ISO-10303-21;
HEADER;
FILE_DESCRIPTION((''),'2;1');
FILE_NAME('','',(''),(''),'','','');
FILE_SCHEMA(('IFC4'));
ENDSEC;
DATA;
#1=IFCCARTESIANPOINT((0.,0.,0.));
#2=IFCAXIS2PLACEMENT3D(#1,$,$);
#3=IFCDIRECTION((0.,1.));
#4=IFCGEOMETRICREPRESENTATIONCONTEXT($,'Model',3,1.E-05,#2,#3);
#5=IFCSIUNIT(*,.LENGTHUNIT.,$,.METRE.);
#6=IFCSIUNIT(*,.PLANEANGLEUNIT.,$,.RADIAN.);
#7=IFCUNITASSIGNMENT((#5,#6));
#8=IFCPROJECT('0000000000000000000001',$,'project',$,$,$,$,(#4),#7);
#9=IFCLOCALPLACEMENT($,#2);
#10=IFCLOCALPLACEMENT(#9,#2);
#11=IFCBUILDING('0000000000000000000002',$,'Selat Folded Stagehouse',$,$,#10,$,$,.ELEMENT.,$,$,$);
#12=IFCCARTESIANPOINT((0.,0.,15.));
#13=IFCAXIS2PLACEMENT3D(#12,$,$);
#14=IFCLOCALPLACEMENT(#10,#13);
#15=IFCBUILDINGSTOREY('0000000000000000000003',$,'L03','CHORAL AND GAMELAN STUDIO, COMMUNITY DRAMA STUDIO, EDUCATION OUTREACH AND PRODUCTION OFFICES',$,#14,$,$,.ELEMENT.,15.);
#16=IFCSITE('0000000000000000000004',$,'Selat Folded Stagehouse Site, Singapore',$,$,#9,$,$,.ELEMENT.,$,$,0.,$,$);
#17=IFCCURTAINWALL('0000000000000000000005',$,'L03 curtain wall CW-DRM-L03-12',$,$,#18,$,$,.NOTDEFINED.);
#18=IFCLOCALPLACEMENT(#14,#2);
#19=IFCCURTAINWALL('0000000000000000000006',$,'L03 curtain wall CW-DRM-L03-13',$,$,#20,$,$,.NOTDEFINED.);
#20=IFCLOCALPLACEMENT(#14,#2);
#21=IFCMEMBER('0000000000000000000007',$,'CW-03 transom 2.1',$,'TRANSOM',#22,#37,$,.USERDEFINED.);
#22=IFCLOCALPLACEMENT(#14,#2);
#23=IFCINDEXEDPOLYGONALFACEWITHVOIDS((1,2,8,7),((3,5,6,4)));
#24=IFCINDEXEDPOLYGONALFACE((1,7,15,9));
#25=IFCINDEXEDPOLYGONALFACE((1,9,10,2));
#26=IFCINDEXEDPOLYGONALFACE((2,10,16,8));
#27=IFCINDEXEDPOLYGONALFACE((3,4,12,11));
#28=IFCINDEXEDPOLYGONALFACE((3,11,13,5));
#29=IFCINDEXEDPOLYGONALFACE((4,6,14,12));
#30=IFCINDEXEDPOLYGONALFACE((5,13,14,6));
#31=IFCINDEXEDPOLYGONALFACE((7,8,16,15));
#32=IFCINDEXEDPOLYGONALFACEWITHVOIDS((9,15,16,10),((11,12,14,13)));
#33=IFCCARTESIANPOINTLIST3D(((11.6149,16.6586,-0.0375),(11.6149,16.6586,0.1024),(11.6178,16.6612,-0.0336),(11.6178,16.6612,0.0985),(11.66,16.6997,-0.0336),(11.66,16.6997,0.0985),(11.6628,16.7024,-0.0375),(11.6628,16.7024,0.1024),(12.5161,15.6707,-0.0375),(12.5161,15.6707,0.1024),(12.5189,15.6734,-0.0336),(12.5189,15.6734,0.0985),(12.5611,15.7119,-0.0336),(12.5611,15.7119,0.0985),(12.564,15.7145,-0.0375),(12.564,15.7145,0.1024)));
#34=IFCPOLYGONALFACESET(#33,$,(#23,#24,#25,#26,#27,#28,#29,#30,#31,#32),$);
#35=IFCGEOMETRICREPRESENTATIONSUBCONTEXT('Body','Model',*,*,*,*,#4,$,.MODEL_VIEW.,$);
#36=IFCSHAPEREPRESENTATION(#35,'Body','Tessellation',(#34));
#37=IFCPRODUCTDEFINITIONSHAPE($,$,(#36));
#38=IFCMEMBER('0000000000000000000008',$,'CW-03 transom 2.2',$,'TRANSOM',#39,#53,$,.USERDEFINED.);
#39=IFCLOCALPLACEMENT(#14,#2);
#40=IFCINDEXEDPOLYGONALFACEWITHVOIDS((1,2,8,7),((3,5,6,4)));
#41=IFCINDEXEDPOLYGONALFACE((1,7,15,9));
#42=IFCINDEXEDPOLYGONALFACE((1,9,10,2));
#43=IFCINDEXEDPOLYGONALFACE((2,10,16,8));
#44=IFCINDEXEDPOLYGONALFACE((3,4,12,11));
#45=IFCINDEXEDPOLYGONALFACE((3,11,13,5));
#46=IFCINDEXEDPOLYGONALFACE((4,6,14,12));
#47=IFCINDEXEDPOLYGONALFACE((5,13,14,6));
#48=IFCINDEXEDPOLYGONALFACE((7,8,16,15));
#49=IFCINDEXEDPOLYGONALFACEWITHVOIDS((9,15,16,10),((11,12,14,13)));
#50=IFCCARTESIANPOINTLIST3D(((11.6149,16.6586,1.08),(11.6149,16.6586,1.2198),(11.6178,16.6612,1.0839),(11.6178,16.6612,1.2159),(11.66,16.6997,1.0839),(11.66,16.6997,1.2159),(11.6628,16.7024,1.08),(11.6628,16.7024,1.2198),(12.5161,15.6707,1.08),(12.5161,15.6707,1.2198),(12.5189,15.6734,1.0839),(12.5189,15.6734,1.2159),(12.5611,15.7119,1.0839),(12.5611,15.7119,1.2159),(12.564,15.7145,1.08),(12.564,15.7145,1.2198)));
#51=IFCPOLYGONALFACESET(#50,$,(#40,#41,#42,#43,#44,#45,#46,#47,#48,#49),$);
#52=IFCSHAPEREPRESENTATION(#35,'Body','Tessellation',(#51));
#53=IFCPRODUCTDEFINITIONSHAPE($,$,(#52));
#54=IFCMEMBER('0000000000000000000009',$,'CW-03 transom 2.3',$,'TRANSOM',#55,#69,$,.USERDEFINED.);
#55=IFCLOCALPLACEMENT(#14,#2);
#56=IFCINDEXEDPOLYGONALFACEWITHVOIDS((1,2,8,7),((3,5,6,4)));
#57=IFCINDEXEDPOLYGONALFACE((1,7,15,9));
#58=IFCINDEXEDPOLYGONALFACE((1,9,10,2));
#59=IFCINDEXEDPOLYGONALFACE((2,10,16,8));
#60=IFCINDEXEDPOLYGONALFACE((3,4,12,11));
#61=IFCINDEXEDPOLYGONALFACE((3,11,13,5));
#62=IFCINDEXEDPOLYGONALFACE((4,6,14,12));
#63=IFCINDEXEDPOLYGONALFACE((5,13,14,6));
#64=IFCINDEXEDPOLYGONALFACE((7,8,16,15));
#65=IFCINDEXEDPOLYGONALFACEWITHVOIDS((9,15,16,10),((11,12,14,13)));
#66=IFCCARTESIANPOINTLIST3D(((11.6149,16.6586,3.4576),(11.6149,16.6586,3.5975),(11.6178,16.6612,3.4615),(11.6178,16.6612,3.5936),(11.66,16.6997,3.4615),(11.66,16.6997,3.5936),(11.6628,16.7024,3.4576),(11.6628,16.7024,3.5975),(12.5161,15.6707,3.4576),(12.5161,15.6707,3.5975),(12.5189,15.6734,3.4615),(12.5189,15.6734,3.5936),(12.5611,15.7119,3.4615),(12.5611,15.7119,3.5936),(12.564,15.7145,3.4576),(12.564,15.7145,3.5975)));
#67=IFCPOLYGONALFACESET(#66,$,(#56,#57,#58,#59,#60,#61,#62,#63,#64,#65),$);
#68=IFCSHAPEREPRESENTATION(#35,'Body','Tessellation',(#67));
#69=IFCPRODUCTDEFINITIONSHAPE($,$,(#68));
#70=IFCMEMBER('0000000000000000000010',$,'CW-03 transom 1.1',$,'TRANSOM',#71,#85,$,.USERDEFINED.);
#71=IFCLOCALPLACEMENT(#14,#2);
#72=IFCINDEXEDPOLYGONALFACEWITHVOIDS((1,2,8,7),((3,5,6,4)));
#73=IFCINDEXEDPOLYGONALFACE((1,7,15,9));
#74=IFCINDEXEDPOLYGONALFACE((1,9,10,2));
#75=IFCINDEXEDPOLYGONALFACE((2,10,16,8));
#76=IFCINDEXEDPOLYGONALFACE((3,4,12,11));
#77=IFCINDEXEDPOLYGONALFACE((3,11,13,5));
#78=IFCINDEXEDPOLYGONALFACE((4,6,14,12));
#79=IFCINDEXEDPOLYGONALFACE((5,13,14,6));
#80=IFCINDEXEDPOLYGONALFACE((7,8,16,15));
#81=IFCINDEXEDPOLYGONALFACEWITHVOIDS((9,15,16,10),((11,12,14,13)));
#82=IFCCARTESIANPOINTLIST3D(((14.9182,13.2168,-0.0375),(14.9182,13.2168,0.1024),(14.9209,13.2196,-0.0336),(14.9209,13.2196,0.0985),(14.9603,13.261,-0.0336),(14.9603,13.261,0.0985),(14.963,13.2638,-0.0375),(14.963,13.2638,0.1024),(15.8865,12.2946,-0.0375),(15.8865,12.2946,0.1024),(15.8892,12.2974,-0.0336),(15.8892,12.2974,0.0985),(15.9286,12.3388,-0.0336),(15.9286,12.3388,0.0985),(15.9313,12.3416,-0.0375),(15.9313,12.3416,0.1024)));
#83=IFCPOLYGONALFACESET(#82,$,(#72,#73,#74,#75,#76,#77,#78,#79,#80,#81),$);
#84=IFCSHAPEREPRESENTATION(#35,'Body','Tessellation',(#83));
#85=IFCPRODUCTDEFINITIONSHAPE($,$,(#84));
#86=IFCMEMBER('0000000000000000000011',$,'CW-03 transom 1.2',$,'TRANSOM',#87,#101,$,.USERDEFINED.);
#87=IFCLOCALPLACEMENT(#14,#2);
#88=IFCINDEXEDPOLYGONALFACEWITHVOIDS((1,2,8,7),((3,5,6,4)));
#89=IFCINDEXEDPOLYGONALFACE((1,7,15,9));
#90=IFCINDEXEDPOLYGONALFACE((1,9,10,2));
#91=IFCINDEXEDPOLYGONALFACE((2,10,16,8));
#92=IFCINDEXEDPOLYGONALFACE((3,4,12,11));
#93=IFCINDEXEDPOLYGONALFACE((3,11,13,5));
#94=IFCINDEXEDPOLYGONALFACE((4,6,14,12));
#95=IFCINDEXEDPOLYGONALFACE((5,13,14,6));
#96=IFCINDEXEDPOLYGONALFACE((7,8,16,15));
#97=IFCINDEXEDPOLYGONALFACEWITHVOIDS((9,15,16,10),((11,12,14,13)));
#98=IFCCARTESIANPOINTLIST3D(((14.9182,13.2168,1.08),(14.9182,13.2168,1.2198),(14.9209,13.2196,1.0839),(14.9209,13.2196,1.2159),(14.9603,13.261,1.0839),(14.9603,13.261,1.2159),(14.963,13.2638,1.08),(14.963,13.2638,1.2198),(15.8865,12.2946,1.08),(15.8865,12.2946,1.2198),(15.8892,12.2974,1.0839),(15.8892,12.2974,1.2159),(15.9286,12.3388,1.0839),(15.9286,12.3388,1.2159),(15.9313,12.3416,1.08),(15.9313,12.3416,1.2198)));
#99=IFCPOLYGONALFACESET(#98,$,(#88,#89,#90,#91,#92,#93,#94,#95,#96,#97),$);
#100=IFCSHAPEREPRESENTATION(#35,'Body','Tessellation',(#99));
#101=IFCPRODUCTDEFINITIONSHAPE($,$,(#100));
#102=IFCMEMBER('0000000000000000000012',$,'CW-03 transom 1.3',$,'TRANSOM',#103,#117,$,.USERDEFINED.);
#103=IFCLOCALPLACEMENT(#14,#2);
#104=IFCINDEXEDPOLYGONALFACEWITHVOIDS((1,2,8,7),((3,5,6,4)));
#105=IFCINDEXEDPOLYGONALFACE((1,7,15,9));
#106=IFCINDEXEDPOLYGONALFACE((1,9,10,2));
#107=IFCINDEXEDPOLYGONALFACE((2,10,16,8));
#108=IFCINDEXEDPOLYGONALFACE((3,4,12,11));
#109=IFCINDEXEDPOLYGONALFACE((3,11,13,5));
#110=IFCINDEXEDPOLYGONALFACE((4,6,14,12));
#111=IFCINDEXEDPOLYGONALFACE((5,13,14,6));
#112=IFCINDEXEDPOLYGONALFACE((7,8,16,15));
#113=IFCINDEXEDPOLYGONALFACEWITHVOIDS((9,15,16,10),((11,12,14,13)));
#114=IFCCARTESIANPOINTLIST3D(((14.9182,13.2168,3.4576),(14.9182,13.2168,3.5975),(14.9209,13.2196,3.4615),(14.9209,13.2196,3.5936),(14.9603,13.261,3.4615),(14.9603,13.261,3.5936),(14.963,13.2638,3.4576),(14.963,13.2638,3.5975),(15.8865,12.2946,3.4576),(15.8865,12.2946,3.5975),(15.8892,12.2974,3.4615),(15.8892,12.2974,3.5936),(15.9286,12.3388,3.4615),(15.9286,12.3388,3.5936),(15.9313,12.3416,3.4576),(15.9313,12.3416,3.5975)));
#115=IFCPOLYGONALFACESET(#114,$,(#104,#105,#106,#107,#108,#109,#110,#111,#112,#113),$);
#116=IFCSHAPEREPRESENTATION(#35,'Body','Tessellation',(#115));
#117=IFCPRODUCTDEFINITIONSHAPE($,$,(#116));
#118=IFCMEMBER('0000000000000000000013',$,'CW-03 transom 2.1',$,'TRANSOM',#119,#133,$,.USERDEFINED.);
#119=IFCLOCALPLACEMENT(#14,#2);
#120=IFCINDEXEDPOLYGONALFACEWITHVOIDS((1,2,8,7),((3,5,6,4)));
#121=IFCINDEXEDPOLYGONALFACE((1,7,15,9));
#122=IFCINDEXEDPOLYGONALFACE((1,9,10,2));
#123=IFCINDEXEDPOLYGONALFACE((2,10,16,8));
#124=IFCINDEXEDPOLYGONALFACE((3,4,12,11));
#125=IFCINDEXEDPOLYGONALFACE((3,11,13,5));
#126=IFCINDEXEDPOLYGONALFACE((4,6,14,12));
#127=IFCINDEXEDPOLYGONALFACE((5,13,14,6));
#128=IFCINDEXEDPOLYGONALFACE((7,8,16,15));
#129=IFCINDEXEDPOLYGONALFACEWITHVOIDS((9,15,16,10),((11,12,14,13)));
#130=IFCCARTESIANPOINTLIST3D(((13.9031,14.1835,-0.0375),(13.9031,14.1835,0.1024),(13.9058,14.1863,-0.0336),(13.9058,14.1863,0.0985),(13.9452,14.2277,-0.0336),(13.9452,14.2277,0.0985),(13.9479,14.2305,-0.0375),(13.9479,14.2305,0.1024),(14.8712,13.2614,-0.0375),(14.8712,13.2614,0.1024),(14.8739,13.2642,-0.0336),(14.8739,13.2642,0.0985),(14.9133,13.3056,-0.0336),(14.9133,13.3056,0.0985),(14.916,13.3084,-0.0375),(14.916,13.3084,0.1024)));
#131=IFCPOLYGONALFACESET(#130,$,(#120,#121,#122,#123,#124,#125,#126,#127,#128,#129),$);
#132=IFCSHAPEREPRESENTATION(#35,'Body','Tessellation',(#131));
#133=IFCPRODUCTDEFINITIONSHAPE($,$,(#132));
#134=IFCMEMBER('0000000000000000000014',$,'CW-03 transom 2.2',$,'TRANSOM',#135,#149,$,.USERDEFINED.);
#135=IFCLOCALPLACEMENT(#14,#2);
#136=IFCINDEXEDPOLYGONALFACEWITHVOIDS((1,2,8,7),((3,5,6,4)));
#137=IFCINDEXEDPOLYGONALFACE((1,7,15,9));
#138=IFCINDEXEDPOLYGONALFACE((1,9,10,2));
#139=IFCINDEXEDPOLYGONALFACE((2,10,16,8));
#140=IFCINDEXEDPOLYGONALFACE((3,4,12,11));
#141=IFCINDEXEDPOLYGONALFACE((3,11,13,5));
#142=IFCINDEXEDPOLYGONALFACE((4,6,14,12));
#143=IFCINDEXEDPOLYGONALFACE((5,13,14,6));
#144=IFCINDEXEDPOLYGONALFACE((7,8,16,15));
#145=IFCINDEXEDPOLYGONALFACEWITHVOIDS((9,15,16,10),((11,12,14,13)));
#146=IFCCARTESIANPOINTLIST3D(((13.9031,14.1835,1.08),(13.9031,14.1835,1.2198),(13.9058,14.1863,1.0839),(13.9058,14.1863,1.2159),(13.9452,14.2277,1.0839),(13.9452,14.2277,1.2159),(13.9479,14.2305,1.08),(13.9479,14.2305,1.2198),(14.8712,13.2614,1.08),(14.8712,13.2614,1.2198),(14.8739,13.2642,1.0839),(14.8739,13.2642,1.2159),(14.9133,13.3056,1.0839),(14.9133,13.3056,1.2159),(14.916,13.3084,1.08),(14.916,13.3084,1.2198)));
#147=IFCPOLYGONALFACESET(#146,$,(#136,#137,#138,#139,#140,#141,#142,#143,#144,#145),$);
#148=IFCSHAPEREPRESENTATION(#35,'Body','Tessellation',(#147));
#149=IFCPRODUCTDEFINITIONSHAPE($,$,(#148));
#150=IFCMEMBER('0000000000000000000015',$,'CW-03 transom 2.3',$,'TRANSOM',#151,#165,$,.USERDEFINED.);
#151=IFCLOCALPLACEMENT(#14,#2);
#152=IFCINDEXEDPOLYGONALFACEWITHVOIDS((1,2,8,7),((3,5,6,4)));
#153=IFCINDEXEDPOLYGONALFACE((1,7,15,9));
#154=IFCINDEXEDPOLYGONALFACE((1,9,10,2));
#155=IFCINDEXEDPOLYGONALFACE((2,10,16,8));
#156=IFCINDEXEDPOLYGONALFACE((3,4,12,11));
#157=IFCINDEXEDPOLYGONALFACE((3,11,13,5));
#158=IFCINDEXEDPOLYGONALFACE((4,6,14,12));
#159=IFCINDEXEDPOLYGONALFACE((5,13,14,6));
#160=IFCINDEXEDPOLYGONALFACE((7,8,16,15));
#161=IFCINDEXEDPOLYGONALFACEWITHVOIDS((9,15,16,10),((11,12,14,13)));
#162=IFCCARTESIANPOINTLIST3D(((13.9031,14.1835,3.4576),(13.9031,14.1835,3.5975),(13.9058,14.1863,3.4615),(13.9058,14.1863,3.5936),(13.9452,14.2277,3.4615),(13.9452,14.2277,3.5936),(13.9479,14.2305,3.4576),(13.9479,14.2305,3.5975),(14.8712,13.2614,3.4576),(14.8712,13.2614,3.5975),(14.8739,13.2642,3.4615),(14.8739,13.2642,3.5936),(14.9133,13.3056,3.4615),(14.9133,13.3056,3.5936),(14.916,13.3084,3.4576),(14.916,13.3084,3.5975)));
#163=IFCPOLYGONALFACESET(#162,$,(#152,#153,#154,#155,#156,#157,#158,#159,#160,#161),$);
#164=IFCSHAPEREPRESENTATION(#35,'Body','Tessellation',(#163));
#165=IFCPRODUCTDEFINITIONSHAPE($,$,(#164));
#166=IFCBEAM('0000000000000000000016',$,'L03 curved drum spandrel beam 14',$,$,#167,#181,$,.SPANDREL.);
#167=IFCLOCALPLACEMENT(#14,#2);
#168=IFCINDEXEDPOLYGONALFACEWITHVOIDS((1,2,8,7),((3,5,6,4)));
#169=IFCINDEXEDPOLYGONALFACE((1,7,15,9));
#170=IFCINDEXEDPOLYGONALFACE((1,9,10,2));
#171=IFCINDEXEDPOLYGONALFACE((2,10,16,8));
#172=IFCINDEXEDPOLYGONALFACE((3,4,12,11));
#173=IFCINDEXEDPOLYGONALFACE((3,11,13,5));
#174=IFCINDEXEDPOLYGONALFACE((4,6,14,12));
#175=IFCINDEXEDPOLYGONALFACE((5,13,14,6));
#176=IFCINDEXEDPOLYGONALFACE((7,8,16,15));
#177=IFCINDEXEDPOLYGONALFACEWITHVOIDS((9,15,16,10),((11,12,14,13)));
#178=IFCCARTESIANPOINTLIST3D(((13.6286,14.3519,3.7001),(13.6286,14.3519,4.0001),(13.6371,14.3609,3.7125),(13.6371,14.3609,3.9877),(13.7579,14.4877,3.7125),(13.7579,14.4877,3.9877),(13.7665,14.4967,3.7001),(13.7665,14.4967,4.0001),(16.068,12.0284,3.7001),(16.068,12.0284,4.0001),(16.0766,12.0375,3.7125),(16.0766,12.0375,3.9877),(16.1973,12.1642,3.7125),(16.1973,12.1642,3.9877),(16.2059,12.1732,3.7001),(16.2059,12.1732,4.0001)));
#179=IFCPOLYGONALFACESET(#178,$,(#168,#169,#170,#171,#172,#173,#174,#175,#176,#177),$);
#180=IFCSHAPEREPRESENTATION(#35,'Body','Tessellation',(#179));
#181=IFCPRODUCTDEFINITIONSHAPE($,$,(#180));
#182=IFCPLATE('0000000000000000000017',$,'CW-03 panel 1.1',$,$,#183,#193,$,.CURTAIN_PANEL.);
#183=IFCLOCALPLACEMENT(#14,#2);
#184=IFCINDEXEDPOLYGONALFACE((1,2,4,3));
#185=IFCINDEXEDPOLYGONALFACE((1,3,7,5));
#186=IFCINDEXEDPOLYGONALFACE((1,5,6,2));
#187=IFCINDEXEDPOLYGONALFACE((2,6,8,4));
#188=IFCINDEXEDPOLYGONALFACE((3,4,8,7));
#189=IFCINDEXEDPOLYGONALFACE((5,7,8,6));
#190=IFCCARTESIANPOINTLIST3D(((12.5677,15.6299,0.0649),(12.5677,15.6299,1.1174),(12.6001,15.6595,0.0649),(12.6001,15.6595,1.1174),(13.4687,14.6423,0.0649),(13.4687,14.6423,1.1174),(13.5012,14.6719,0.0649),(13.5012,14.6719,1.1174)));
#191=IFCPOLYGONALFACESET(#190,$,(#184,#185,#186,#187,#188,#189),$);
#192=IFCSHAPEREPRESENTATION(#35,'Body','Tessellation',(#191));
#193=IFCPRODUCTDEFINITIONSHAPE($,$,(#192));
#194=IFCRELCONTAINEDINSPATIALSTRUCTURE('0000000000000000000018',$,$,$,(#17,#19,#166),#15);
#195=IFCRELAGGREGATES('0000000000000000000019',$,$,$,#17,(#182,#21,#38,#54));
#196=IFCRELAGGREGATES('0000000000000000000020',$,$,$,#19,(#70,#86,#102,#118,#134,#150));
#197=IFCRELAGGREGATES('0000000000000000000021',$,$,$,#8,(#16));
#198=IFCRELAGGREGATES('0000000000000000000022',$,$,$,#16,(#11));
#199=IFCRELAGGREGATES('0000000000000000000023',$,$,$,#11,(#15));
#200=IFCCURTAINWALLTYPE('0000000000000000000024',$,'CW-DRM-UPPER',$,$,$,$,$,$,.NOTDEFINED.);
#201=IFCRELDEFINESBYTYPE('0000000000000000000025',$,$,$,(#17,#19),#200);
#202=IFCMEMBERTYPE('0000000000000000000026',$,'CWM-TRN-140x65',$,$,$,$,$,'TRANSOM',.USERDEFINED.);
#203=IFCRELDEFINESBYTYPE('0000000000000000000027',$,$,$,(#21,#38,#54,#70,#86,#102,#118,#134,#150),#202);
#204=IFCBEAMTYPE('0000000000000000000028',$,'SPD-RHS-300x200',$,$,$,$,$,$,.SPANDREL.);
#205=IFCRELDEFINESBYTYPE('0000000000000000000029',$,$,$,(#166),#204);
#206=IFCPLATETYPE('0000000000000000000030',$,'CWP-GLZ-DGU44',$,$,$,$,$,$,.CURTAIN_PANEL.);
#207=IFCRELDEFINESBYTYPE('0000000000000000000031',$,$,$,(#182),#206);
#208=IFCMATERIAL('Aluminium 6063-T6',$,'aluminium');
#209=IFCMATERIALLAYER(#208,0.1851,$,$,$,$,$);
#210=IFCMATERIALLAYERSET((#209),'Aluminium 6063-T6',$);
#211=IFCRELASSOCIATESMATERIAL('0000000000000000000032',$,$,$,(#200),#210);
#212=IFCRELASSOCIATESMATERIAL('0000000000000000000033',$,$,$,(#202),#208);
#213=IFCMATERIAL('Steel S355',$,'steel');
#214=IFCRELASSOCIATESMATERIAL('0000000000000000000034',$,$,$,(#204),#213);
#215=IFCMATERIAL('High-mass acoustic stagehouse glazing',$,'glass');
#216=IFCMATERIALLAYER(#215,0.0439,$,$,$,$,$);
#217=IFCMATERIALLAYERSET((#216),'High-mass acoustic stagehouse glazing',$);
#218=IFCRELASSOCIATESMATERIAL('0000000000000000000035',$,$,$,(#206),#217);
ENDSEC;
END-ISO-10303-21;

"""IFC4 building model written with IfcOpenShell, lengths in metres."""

from ifc_helpers import new_model, si_unit, direction, frame, origin, origin_2d, place, context, subcontext, project, spatial, rectangle, hollow_rectangle, extrude, material, layer, layer_set, material_profile, profile_set, type_object, element, aggregate, save


model = new_model("IFC4")

# Units and contexts
model_context = context("Model", 3, precision=1e-05, world=origin(), true_north=direction((0.0, 1.0)))
body_context = subcontext(model_context, "Body", "Model", "MODEL_VIEW")
ifc_project = project(units=[si_unit("LENGTHUNIT", "METRE"), si_unit("PLANEANGLEUNIT", "RADIAN")], contexts=[model_context])

# Site, building, storey
site_placement = place(None, origin())
site = spatial("IfcSite", under=ifc_project, at=site_placement, Name="Selat Folded Stagehouse Site, Singapore", CompositionType="ELEMENT", RefElevation=0.0)
building_placement = place(site_placement, origin())
building = spatial("IfcBuilding", under=site, at=building_placement, Name="Selat Folded Stagehouse", CompositionType="ELEMENT")
storey_placement = place(building_placement, frame((0.0, 0.0, 15.0)))
storey = spatial("IfcBuildingStorey", under=building, at=storey_placement, Name="L03", Description="CHORAL AND GAMELAN STUDIO, COMMUNITY DRAMA STUDIO, EDUCATION OUTREACH AND PRODUCTION OFFICES", CompositionType="ELEMENT", Elevation=15.0)

# Shared definitions
ifc_material_1 = material(Name="Steel S355", Category="steel")

# Curtain walls
ifc_material_2 = material(Name="Aluminium 6063-T6", Category="aluminium")
ifc_layer_1 = layer(ifc_material_2, 0.1851)
ifc_layer_set_1 = layer_set([ifc_layer_1], Name="Aluminium 6063-T6")
curtain_wall_type = type_object("IfcCurtainWallType", Name="CW-DRM-UPPER", PredefinedType="NOTDEFINED", material=ifc_layer_set_1)
curtain_wall_1_placement = place(storey_placement, origin())
curtain_wall_1 = element("IfcCurtainWall", 1, at=curtain_wall_1_placement, inside=storey, type_object=curtain_wall_type, Name="L03 curtain wall CW-DRM-L03-12", PredefinedType="NOTDEFINED")
curtain_wall_2_placement = place(storey_placement, origin())
curtain_wall_2 = element("IfcCurtainWall", 2, at=curtain_wall_2_placement, inside=storey, type_object=curtain_wall_type, Name="L03 curtain wall CW-DRM-L03-13", PredefinedType="NOTDEFINED")

# Members
ifc_material_profile_1 = material_profile(ifc_material_2, hollow_rectangle(XDim=0.0649, YDim=0.1399, WallThickness=0.0039, at=origin_2d()), Name="ALU 140x65x4.0")
ifc_profile_set_1 = profile_set([ifc_material_profile_1], Name="Aluminium 6063-T6")
member_type_1 = type_object("IfcMemberType", Name="CWM-TRN-140x65", ElementType="TRANSOM", PredefinedType="USERDEFINED", material=ifc_profile_set_1)
member_1_placement = place(storey_placement, frame((12.54, 15.6926, 0.0325), z_axis=(-0.673953, 0.738774, 0.0), x_axis=(-0.738774, -0.673953, 0.0)))
member_1 = element("IfcMember", 3, at=member_1_placement, type_object=member_type_1, Name="CW-03 transom 2.1", ObjectType="TRANSOM", PredefinedType="USERDEFINED", context=body_context, shape_type="SweptSolid", body=[
    extrude(hollow_rectangle(XDim=0.0649, YDim=0.1399, WallThickness=0.0039, at=origin_2d()), origin(), (0.0, 0.0, 1.0), 1.3372),
])
member_2_placement = place(storey_placement, frame((12.54, 15.6926, 1.1499), z_axis=(-0.673953, 0.738774, 0.0), x_axis=(-0.738774, -0.673953, 0.0)))
member_2 = element("IfcMember", 4, at=member_2_placement, type_object=member_type_1, Name="CW-03 transom 2.2", ObjectType="TRANSOM", PredefinedType="USERDEFINED", context=body_context, shape_type="SweptSolid", body=[
    extrude(hollow_rectangle(XDim=0.0649, YDim=0.1399, WallThickness=0.0039, at=origin_2d()), origin(), (0.0, 0.0, 1.0), 1.3372),
])
member_3_placement = place(storey_placement, frame((12.54, 15.6926, 3.5276), z_axis=(-0.673953, 0.738774, 0.0), x_axis=(-0.738774, -0.673953, 0.0)))
member_3 = element("IfcMember", 5, at=member_3_placement, type_object=member_type_1, Name="CW-03 transom 2.3", ObjectType="TRANSOM", PredefinedType="USERDEFINED", context=body_context, shape_type="SweptSolid", body=[
    extrude(hollow_rectangle(XDim=0.0649, YDim=0.1399, WallThickness=0.0039, at=origin_2d()), origin(), (0.0, 0.0, 1.0), 1.3372),
])
member_4_placement = place(storey_placement, frame((15.9089, 12.3181, 0.0325), z_axis=(-0.724151, 0.689641, 0.0), x_axis=(-0.689641, -0.724151, 0.0)))
member_4 = element("IfcMember", 6, at=member_4_placement, type_object=member_type_1, Name="CW-03 transom 1.1", ObjectType="TRANSOM", PredefinedType="USERDEFINED", context=body_context, shape_type="SweptSolid", body=[
    extrude(hollow_rectangle(XDim=0.0649, YDim=0.1399, WallThickness=0.0039, at=origin_2d()), origin(), (0.0, 0.0, 1.0), 1.3372),
])
member_5_placement = place(storey_placement, frame((15.9089, 12.3181, 1.1499), z_axis=(-0.724151, 0.689641, 0.0), x_axis=(-0.689641, -0.724151, 0.0)))
member_5 = element("IfcMember", 7, at=member_5_placement, type_object=member_type_1, Name="CW-03 transom 1.2", ObjectType="TRANSOM", PredefinedType="USERDEFINED", context=body_context, shape_type="SweptSolid", body=[
    extrude(hollow_rectangle(XDim=0.0649, YDim=0.1399, WallThickness=0.0039, at=origin_2d()), origin(), (0.0, 0.0, 1.0), 1.3372),
])
member_6_placement = place(storey_placement, frame((15.9089, 12.3181, 3.5276), z_axis=(-0.724151, 0.689641, 0.0), x_axis=(-0.689641, -0.724151, 0.0)))
member_6 = element("IfcMember", 8, at=member_6_placement, type_object=member_type_1, Name="CW-03 transom 1.3", ObjectType="TRANSOM", PredefinedType="USERDEFINED", context=body_context, shape_type="SweptSolid", body=[
    extrude(hollow_rectangle(XDim=0.0649, YDim=0.1399, WallThickness=0.0039, at=origin_2d()), origin(), (0.0, 0.0, 1.0), 1.3372),
])
member_7_placement = place(storey_placement, frame((14.8936, 13.2849, 0.0325), z_axis=(-0.724064, 0.689733, 0.0), x_axis=(-0.689733, -0.724064, 0.0)))
member_7 = element("IfcMember", 9, at=member_7_placement, type_object=member_type_1, Name="CW-03 transom 2.1", ObjectType="TRANSOM", PredefinedType="USERDEFINED", context=body_context, shape_type="SweptSolid", body=[
    extrude(hollow_rectangle(XDim=0.0649, YDim=0.1399, WallThickness=0.0039, at=origin_2d()), origin(), (0.0, 0.0, 1.0), 1.3369),
])
member_8_placement = place(storey_placement, frame((14.8936, 13.2849, 1.1499), z_axis=(-0.724064, 0.689733, 0.0), x_axis=(-0.689733, -0.724064, 0.0)))
member_8 = element("IfcMember", 10, at=member_8_placement, type_object=member_type_1, Name="CW-03 transom 2.2", ObjectType="TRANSOM", PredefinedType="USERDEFINED", context=body_context, shape_type="SweptSolid", body=[
    extrude(hollow_rectangle(XDim=0.0649, YDim=0.1399, WallThickness=0.0039, at=origin_2d()), origin(), (0.0, 0.0, 1.0), 1.3369),
])
member_9_placement = place(storey_placement, frame((14.8936, 13.2849, 3.5276), z_axis=(-0.724064, 0.689733, 0.0), x_axis=(-0.689733, -0.724064, 0.0)))
member_9 = element("IfcMember", 11, at=member_9_placement, type_object=member_type_1, Name="CW-03 transom 2.3", ObjectType="TRANSOM", PredefinedType="USERDEFINED", context=body_context, shape_type="SweptSolid", body=[
    extrude(hollow_rectangle(XDim=0.0649, YDim=0.1399, WallThickness=0.0039, at=origin_2d()), origin(), (0.0, 0.0, 1.0), 1.3369),
])

# Beam
ifc_material_profile_2 = material_profile(ifc_material_1, hollow_rectangle(XDim=0.2, YDim=0.3, WallThickness=0.0125, at=origin_2d()), Name="RHS 300x200x12.5")
ifc_profile_set_2 = profile_set([ifc_material_profile_2], Name="Steel S355")
beam_type = type_object("IfcBeamType", Name="SPD-RHS-300x200", PredefinedType="SPANDREL", material=ifc_profile_set_2)
beam_placement = place(storey_placement, frame((13.6975, 14.4243, 3.8501), z_axis=(0.724109, -0.689686, 0.0), x_axis=(0.689686, 0.724109, 0.0)))
element("IfcBeam", 12, at=beam_placement, inside=storey, type_object=beam_type, Name="L03 curved drum spandrel beam 14", PredefinedType="SPANDREL", context=body_context, shape_type="SweptSolid", body=[
    extrude(hollow_rectangle(XDim=0.2, YDim=0.3, WallThickness=0.0125, at=origin_2d()), origin(), (0.0, 0.0, 1.0), 3.3689),
])

# Plate
ifc_material_3 = material(Name="High-mass acoustic stagehouse glazing", Category="glass")
ifc_layer_2 = layer(ifc_material_3, 0.0439)
ifc_layer_set_2 = layer_set([ifc_layer_2], Name="High-mass acoustic stagehouse glazing")
plate_type = type_object("IfcPlateType", Name="CWP-GLZ-DGU44", PredefinedType="CURTAIN_PANEL", material=ifc_layer_set_2)
plate_1_placement = place(storey_placement, frame((13.0344, 15.1509, 0.0649), z_axis=(0.0, 0.0, 1.0), x_axis=(-0.674002, 0.738729, 0.0)))
plate_1 = element("IfcPlate", 13, at=plate_1_placement, type_object=plate_type, Name="CW-03 panel 1.1", PredefinedType="CURTAIN_PANEL", context=body_context, shape_type="SweptSolid", body=[
    extrude(rectangle(XDim=1.3369, YDim=0.0439, at=origin_2d()), origin(), (0.0, 0.0, 1.0), 1.0525),
])
aggregate(curtain_wall_1, [plate_1, member_1, member_2, member_3])
aggregate(curtain_wall_2, [member_4, member_5, member_6, member_7, member_8, member_9])

save(model, "model.ifc")
